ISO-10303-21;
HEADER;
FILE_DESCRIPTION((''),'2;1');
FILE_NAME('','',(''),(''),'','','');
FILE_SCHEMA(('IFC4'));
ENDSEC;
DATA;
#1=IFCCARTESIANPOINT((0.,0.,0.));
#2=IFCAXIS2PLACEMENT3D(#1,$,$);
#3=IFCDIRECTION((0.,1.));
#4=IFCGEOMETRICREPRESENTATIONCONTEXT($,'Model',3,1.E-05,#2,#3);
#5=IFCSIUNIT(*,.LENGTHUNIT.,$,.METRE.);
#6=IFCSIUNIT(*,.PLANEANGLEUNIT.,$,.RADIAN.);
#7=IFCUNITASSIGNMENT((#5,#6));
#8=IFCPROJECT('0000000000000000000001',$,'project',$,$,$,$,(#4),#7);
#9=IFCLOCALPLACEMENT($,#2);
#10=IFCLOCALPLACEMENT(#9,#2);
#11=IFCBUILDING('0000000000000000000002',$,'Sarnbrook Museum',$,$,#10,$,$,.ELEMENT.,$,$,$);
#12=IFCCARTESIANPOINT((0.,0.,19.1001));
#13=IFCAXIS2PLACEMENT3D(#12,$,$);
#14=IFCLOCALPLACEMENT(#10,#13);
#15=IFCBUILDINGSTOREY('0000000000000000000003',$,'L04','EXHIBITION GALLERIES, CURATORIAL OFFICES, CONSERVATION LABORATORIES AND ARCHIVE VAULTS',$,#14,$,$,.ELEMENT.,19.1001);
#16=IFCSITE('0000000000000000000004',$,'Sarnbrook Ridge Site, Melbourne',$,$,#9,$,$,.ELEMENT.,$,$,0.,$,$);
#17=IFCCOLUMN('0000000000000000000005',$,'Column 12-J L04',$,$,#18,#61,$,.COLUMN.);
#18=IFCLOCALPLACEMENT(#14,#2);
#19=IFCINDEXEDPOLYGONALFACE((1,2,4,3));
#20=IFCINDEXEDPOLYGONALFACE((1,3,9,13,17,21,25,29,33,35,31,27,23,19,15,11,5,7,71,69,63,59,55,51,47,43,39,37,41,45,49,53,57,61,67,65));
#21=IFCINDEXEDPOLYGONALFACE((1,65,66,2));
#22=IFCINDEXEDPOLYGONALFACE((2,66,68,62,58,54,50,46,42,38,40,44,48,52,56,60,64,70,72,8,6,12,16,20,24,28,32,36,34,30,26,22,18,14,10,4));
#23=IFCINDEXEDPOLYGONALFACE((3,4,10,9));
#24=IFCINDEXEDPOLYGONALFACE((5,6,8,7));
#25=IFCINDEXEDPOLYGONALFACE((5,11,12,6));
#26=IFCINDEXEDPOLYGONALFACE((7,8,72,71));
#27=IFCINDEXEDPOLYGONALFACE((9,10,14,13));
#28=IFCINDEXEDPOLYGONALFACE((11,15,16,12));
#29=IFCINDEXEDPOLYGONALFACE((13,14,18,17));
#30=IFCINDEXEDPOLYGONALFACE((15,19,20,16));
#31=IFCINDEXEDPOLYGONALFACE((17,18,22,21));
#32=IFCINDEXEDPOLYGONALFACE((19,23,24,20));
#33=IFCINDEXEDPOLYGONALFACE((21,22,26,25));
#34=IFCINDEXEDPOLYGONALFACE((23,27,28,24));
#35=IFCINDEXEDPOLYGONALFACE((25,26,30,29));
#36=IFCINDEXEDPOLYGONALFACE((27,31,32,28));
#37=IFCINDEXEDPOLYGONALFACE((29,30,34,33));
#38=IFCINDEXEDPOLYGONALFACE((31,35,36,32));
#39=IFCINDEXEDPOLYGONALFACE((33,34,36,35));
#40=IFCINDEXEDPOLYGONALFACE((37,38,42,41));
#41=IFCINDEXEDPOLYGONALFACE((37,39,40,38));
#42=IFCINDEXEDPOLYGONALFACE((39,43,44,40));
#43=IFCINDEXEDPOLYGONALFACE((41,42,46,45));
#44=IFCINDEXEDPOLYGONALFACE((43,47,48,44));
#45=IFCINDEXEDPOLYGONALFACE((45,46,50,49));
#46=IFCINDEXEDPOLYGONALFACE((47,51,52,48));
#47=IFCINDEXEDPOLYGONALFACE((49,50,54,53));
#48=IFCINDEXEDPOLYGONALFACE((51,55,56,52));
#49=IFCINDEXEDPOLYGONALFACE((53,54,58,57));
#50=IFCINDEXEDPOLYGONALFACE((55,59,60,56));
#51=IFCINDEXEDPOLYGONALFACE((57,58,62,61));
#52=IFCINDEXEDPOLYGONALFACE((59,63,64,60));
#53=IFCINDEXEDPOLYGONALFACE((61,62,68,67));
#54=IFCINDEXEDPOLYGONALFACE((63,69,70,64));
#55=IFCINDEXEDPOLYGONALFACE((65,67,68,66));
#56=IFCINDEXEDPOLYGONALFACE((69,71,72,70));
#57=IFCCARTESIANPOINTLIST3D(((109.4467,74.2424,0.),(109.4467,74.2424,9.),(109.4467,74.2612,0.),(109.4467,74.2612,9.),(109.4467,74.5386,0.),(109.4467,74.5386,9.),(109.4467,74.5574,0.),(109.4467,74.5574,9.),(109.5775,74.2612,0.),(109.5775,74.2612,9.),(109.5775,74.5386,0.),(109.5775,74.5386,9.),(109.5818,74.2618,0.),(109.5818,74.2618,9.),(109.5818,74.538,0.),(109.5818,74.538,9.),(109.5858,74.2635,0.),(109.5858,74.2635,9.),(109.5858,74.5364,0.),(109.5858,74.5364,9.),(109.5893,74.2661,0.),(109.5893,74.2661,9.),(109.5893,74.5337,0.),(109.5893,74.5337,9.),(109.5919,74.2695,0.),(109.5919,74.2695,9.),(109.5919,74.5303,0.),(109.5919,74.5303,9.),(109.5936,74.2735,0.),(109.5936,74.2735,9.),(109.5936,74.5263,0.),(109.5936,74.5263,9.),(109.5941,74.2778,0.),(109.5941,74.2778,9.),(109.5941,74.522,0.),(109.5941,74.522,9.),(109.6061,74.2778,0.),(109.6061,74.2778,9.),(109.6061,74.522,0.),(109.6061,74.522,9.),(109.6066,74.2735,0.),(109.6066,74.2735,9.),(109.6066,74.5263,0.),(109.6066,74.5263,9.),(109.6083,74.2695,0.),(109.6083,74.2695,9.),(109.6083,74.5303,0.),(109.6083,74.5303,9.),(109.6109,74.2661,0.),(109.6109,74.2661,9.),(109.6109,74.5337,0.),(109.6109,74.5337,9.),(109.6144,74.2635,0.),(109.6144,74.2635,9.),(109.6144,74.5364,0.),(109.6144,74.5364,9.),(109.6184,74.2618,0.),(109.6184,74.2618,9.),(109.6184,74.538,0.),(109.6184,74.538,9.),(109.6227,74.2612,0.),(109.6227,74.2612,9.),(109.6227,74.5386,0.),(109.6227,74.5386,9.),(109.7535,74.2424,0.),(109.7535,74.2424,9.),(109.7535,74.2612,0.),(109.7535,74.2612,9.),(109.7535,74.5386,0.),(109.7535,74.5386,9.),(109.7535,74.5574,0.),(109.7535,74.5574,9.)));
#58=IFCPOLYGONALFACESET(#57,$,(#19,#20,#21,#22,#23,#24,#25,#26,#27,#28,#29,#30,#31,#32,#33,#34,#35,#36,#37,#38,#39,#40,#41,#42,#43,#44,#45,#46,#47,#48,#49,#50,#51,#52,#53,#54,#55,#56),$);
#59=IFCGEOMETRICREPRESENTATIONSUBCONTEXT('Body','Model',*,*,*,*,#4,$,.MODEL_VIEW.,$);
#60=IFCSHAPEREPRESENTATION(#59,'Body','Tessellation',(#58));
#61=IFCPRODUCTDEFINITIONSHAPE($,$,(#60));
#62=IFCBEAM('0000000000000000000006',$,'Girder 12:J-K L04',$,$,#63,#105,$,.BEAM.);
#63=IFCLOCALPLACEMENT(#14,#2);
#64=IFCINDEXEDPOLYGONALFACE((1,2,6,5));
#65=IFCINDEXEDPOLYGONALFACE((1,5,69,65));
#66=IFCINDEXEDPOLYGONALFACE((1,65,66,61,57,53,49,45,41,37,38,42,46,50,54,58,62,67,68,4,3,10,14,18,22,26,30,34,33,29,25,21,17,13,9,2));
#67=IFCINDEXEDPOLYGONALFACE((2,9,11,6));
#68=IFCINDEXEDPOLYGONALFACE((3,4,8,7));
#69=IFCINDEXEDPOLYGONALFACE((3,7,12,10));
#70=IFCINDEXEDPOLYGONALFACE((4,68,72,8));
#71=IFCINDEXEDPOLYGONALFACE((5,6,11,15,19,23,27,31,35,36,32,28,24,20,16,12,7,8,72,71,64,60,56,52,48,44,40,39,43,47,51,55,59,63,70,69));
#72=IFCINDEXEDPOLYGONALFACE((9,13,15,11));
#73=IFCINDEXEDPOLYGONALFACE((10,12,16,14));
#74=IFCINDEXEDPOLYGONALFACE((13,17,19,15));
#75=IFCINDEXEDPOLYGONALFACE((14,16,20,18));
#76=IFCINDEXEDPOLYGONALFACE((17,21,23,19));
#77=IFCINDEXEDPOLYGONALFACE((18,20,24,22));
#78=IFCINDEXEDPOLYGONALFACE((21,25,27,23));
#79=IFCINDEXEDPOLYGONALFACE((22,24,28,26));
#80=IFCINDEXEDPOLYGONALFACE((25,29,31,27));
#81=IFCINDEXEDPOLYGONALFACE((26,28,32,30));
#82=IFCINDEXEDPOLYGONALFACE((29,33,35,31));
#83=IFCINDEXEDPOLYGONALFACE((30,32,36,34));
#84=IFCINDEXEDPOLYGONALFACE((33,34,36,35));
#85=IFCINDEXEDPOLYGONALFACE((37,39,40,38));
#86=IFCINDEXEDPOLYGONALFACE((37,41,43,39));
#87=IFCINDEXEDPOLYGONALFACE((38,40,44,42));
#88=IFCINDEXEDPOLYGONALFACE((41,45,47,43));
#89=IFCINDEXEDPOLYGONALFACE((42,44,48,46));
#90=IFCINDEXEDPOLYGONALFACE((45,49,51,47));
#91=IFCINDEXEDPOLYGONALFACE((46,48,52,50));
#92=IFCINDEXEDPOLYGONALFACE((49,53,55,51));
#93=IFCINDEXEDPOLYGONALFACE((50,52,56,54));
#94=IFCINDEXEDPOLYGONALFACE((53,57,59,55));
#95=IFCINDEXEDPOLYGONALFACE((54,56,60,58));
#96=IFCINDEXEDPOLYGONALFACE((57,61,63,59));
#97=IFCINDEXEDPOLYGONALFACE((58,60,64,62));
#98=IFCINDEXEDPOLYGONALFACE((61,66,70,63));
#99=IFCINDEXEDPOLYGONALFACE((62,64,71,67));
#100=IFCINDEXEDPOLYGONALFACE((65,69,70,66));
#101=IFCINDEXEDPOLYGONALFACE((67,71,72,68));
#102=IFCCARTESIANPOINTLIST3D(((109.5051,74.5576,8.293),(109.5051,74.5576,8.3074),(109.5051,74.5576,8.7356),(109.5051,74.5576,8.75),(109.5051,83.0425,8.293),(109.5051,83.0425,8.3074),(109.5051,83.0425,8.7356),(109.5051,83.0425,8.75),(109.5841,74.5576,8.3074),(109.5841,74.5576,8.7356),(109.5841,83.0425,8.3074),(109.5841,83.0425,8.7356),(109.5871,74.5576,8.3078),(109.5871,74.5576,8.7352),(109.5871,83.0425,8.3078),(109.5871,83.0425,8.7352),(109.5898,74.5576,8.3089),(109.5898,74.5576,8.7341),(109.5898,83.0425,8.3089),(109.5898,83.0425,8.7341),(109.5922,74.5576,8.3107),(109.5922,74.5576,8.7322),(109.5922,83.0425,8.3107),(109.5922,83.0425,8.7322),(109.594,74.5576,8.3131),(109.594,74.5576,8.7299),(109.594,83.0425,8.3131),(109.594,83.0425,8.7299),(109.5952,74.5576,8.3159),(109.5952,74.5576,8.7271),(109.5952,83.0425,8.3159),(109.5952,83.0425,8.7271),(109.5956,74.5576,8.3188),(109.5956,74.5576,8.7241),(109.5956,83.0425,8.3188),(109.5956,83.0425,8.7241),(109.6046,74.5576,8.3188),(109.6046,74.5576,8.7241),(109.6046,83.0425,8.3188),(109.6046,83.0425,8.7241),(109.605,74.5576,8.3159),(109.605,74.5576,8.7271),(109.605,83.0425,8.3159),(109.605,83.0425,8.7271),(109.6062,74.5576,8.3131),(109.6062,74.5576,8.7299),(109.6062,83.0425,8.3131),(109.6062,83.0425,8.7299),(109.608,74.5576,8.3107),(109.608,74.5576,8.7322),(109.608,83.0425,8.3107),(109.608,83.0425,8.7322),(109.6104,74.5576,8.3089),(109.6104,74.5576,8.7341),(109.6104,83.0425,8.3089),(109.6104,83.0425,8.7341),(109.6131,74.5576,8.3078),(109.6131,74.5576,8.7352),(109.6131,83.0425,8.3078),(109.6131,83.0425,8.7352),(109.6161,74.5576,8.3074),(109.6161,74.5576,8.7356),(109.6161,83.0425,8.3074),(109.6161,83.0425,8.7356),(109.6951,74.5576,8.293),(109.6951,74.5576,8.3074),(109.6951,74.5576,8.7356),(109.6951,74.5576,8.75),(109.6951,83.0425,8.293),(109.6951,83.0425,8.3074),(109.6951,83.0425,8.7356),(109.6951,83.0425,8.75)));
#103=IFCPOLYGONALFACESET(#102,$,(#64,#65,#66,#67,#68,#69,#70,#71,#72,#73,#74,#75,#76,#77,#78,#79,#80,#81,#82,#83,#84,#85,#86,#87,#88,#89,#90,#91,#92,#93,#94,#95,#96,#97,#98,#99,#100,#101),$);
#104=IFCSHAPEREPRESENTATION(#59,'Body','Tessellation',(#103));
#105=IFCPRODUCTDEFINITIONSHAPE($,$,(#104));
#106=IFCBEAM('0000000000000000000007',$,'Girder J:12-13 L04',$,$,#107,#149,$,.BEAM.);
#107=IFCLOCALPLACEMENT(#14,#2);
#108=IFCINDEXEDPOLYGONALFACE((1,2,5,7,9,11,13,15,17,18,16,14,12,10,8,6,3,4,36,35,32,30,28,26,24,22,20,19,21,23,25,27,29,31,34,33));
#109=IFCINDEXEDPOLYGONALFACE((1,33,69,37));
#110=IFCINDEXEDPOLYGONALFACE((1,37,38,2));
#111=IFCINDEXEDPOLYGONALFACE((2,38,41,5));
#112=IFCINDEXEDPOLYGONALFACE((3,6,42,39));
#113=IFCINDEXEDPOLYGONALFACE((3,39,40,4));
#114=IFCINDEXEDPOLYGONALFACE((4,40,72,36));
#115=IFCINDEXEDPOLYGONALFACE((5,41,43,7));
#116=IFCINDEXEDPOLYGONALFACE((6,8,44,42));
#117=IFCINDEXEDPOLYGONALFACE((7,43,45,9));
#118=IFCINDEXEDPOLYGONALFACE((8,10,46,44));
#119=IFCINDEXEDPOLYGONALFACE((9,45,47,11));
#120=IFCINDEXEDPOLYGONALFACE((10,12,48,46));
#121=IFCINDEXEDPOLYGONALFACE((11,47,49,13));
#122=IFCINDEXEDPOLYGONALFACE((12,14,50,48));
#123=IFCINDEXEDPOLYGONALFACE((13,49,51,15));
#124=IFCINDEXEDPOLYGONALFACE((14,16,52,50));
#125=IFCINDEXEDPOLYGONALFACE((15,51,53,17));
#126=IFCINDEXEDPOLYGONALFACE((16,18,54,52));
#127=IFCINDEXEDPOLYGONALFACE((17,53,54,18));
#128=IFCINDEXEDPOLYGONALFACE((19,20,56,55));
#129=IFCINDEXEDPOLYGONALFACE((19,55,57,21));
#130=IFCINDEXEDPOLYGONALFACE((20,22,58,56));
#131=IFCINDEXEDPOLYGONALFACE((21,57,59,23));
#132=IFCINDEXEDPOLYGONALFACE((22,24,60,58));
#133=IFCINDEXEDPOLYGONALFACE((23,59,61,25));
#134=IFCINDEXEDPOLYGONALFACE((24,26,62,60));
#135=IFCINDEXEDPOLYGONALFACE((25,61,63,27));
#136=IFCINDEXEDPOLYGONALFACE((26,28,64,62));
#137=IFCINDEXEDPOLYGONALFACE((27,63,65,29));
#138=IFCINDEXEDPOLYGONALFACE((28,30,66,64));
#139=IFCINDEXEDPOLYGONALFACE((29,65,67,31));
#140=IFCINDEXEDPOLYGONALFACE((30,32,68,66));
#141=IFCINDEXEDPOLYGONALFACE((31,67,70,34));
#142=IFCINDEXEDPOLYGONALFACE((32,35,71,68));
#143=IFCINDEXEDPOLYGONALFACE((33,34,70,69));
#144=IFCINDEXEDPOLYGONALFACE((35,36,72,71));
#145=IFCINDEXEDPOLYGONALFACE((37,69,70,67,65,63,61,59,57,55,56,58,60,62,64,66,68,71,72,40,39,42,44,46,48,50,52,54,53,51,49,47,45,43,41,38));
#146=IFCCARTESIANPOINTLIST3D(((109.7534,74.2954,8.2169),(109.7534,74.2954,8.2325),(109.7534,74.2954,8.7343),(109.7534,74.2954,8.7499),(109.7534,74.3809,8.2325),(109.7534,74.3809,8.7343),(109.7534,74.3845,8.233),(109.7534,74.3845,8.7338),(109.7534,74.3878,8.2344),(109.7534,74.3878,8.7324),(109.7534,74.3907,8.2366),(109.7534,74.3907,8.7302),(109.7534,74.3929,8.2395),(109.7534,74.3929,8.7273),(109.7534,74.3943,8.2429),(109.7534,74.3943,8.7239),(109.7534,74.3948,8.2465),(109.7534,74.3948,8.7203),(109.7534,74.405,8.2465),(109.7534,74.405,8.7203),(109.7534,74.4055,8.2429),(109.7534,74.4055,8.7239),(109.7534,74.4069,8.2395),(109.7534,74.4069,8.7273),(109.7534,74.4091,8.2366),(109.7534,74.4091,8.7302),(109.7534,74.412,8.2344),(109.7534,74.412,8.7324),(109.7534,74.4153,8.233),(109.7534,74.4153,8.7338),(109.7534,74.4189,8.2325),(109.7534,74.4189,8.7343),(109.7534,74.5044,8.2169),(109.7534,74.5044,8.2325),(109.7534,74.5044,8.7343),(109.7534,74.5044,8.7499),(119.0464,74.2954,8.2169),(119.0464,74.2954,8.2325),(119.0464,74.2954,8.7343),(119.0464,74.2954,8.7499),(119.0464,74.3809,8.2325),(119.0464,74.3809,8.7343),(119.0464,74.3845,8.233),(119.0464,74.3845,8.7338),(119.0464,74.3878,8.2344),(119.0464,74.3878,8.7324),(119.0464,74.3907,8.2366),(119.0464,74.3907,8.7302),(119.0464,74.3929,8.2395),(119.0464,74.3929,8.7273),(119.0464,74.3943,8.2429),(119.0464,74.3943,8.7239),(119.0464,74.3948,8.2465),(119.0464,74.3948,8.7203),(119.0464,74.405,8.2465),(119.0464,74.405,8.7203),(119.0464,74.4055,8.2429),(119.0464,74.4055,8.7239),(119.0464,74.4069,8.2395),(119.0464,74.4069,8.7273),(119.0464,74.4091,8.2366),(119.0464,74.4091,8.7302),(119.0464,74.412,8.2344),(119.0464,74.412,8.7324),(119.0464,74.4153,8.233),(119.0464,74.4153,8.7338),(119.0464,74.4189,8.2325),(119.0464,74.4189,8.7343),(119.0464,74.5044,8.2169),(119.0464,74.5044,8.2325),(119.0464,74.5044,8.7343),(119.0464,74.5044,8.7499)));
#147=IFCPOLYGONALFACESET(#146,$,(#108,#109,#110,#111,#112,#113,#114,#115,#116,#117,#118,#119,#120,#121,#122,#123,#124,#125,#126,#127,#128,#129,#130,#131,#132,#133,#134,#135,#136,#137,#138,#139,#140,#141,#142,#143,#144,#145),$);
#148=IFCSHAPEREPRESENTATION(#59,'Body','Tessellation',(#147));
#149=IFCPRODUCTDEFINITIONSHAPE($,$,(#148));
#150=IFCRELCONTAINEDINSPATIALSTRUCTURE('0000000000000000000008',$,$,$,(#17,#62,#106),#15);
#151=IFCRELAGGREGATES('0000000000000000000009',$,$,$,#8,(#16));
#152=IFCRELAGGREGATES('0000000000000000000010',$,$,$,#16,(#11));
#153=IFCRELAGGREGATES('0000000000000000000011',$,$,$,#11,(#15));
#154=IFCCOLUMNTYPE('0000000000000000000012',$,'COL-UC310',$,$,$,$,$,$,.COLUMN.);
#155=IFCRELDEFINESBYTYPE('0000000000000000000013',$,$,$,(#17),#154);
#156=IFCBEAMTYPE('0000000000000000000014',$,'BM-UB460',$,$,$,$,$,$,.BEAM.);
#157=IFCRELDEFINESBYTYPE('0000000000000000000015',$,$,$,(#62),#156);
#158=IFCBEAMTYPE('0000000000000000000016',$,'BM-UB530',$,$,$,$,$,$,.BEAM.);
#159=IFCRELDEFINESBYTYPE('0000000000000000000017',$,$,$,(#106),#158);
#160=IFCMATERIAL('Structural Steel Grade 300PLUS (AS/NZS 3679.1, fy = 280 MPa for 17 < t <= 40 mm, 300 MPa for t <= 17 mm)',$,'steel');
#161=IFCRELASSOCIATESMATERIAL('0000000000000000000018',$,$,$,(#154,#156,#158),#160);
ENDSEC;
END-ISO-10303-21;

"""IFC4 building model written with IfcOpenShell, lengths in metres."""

from ifc_helpers import new_model, si_unit, direction, frame, origin, origin_2d, place, context, subcontext, project, spatial, i_section, extrude, material, material_profile, profile_set, type_object, element, save


model = new_model("IFC4")

# Units and contexts
model_context = context("Model", 3, precision=1e-05, world=origin(), true_north=direction((0.0, 1.0)))
body_context = subcontext(model_context, "Body", "Model", "MODEL_VIEW")
ifc_project = project(units=[si_unit("LENGTHUNIT", "METRE"), si_unit("PLANEANGLEUNIT", "RADIAN")], contexts=[model_context])

# Site, building, storey
site_placement = place(None, origin())
site = spatial("IfcSite", under=ifc_project, at=site_placement, Name="Sarnbrook Ridge Site, Melbourne", CompositionType="ELEMENT", RefElevation=0.0)
building_placement = place(site_placement, origin())
building = spatial("IfcBuilding", under=site, at=building_placement, Name="Sarnbrook Museum", CompositionType="ELEMENT")
storey_placement = place(building_placement, frame((0.0, 0.0, 19.1001)))
storey = spatial("IfcBuildingStorey", under=building, at=storey_placement, Name="L04", Description="EXHIBITION GALLERIES, CURATORIAL OFFICES, CONSERVATION LABORATORIES AND ARCHIVE VAULTS", CompositionType="ELEMENT", Elevation=19.1001)

# Column
ifc_material_1 = material(Name="Structural Steel Grade 300PLUS (AS/NZS 3679.1, fy = 280 MPa for 17 < t <= 40 mm, 300 MPa for t <= 17 mm)", Category="steel")
ifc_material_profile_1 = material_profile(ifc_material_1, i_section(OverallWidth=0.3069, OverallDepth=0.3149, WebThickness=0.012, FlangeThickness=0.0188, FilletRadius=0.0166, at=origin_2d()), Name="310UC118")
ifc_profile_set_1 = profile_set([ifc_material_profile_1], Name="Structural Steel Grade 300PLUS (AS/NZS 3679.1, fy = 280 MPa for 17 < t <= 40 mm, 300 MPa for t <= 17 mm)")
column_type = type_object("IfcColumnType", Name="COL-UC310", PredefinedType="COLUMN", material=ifc_profile_set_1)
column_placement = place(storey_placement, frame((109.6001, 74.3999, 0.0), z_axis=(0.0, 0.0, 1.0), x_axis=(1.0, 0.0, 0.0)))
element("IfcColumn", 1, at=column_placement, inside=storey, type_object=column_type, Name="Column 12-J L04", PredefinedType="COLUMN", context=body_context, shape_type="SweptSolid", body=[
    extrude(i_section(OverallWidth=0.3069, OverallDepth=0.3149, WebThickness=0.012, FlangeThickness=0.0188, FilletRadius=0.0166, at=origin_2d()), origin(), (0.0, 0.0, 1.0), 9.0),
])

# Beams
ifc_material_profile_2 = material_profile(ifc_material_1, i_section(OverallWidth=0.1899, OverallDepth=0.457, WebThickness=0.009, FlangeThickness=0.0144, FilletRadius=0.0115, at=origin_2d()), Name="460UB74.6")
ifc_profile_set_2 = profile_set([ifc_material_profile_2], Name="Structural Steel Grade 300PLUS (AS/NZS 3679.1, fy = 280 MPa for 17 < t <= 40 mm, 300 MPa for t <= 17 mm)")
beam_type_1 = type_object("IfcBeamType", Name="BM-UB460", PredefinedType="BEAM", material=ifc_profile_set_2)
beam_1_placement = place(storey_placement, frame((109.6001, 74.5576, 8.5215), z_axis=(0.0, 1.0, 0.0), x_axis=(-1.0, 0.0, 0.0)))
element("IfcBeam", 2, at=beam_1_placement, inside=storey, type_object=beam_type_1, Name="Girder 12:J-K L04", PredefinedType="BEAM", context=body_context, shape_type="SweptSolid", body=[
    extrude(i_section(OverallWidth=0.1899, OverallDepth=0.457, WebThickness=0.009, FlangeThickness=0.0144, FilletRadius=0.0115, at=origin_2d()), origin(), (0.0, 0.0, 1.0), 8.4849),
])
ifc_material_profile_3 = material_profile(ifc_material_1, i_section(OverallWidth=0.209, OverallDepth=0.533, WebThickness=0.0103, FlangeThickness=0.0156, FilletRadius=0.0139, at=origin_2d()), Name="530UB92.4")
ifc_profile_set_3 = profile_set([ifc_material_profile_3], Name="Structural Steel Grade 300PLUS (AS/NZS 3679.1, fy = 280 MPa for 17 < t <= 40 mm, 300 MPa for t <= 17 mm)")
beam_type_2 = type_object("IfcBeamType", Name="BM-UB530", PredefinedType="BEAM", material=ifc_profile_set_3)
beam_2_placement = place(storey_placement, frame((109.7534, 74.3999, 8.4834), z_axis=(1.0, 0.0, 0.0), x_axis=(0.0, 1.0, 0.0)))
element("IfcBeam", 3, at=beam_2_placement, inside=storey, type_object=beam_type_2, Name="Girder J:12-13 L04", PredefinedType="BEAM", context=body_context, shape_type="SweptSolid", body=[
    extrude(i_section(OverallWidth=0.209, OverallDepth=0.533, WebThickness=0.0103, FlangeThickness=0.0156, FilletRadius=0.0139, at=origin_2d()), origin(), (0.0, 0.0, 1.0), 9.293),
])

save(model, "model.ifc")
